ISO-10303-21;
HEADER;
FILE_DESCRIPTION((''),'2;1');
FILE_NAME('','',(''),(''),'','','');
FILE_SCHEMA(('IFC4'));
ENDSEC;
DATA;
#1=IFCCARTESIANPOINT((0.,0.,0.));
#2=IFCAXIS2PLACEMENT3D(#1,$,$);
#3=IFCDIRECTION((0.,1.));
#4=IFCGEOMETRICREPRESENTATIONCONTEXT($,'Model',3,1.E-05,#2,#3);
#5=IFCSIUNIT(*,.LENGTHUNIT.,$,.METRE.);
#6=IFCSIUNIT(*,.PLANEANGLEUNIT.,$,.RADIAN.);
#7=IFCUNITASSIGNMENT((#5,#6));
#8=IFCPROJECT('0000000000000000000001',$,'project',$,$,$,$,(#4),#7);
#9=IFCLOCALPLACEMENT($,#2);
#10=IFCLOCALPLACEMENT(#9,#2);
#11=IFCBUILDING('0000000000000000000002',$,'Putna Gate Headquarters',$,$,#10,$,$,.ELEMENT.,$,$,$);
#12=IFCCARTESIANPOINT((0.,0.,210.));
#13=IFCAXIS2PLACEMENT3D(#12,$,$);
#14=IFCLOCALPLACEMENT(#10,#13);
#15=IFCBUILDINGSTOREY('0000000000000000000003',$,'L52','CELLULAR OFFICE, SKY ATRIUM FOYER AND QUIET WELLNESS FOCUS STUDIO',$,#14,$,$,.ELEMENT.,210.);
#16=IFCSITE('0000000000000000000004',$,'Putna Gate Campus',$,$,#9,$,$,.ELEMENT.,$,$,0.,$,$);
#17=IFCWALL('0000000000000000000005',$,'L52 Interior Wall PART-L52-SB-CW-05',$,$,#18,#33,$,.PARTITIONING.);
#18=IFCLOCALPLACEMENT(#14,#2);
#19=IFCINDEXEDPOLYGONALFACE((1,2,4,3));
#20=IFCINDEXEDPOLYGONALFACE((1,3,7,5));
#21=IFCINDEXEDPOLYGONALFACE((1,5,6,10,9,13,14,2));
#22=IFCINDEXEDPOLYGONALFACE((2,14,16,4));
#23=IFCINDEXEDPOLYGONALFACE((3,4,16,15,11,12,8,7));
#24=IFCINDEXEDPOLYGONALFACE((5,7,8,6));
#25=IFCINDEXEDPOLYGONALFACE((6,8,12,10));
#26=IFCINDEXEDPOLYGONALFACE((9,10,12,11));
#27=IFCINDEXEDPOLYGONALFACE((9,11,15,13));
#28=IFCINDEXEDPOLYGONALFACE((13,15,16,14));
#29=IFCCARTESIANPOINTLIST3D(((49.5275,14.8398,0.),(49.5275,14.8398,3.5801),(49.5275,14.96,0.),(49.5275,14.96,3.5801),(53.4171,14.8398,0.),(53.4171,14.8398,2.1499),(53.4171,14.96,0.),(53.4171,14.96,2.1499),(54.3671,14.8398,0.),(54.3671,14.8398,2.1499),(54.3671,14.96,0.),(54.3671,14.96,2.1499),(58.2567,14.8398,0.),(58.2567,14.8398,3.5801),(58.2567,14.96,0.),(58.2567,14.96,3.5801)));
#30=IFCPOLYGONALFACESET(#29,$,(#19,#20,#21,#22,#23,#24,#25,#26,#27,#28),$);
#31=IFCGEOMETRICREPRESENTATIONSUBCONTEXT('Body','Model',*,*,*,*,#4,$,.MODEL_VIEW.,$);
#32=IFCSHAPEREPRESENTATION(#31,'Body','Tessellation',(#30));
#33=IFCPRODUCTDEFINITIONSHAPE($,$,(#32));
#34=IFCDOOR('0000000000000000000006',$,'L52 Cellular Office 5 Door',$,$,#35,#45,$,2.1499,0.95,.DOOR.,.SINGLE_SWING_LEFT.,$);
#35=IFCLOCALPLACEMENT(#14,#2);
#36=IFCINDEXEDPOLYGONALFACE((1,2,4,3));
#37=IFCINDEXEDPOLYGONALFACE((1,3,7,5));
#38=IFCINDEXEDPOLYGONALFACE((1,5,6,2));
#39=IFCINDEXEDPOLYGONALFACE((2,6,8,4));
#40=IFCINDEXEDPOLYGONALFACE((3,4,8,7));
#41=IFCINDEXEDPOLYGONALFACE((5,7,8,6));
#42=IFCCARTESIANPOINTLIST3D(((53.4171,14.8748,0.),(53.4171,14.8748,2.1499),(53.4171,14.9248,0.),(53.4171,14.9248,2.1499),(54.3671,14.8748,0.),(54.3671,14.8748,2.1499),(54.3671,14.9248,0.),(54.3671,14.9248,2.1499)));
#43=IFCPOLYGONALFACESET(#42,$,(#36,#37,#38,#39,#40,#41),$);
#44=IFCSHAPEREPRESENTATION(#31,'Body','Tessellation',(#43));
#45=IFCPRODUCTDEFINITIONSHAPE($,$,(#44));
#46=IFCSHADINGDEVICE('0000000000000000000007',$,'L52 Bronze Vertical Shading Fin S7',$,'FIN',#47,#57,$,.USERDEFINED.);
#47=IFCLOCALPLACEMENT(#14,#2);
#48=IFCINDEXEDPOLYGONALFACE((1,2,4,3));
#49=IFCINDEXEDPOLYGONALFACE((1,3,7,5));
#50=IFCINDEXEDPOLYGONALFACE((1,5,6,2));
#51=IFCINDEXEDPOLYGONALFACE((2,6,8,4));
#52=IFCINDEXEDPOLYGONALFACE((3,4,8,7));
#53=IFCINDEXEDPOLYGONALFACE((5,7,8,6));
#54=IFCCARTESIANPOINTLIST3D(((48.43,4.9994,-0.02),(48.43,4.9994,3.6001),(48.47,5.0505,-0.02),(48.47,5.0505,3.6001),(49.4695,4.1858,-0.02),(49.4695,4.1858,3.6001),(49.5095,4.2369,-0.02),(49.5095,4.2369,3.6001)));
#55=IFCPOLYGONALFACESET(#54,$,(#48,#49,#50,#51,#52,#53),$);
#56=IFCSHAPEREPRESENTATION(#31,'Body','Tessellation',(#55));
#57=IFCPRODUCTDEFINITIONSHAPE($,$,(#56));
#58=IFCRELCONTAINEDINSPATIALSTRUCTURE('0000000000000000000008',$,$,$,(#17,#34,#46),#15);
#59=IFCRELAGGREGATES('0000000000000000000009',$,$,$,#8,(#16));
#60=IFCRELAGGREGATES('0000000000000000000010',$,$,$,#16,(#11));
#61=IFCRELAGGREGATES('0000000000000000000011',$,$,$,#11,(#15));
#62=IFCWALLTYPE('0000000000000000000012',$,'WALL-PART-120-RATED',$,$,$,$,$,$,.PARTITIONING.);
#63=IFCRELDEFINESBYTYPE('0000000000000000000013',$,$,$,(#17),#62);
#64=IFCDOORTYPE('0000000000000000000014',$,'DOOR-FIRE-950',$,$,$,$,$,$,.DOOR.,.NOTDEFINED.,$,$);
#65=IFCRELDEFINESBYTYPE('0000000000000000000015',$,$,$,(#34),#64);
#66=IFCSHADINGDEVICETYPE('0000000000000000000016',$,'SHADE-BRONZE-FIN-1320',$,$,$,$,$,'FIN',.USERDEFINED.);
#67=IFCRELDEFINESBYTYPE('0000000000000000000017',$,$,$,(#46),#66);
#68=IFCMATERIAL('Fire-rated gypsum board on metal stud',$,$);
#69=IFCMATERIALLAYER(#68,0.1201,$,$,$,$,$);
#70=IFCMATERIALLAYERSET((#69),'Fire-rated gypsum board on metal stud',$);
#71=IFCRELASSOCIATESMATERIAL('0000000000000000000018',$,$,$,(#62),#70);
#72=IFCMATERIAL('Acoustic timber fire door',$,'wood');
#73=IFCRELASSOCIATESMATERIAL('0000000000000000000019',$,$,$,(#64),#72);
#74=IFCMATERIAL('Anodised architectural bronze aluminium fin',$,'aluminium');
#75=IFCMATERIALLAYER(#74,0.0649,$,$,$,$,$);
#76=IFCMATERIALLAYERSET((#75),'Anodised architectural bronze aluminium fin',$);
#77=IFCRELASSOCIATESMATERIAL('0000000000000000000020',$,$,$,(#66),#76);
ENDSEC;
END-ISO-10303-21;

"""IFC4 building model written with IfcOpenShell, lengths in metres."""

from ifc_helpers import new_model, si_unit, direction, frame, frame_2d, origin, origin_2d, place, context, subcontext, project, spatial, rectangle, extrude, material, layer, layer_set, type_object, element, fill, save


model = new_model("IFC4")

# Units and contexts
model_context = context("Model", 3, precision=1e-05, world=origin(), true_north=direction((0.0, 1.0)))
body_context = subcontext(model_context, "Body", "Model", "MODEL_VIEW")
ifc_project = project(units=[si_unit("LENGTHUNIT", "METRE"), si_unit("PLANEANGLEUNIT", "RADIAN")], contexts=[model_context])

# Site, building, storey
site_placement = place(None, origin())
site = spatial("IfcSite", under=ifc_project, at=site_placement, Name="Putna Gate Campus", CompositionType="ELEMENT", RefElevation=0.0)
building_placement = place(site_placement, origin())
building = spatial("IfcBuilding", under=site, at=building_placement, Name="Putna Gate Headquarters", CompositionType="ELEMENT")
storey_placement = place(building_placement, frame((0.0, 0.0, 210.0)))
storey = spatial("IfcBuildingStorey", under=building, at=storey_placement, Name="L52", Description="CELLULAR OFFICE, SKY ATRIUM FOYER AND QUIET WELLNESS FOCUS STUDIO", CompositionType="ELEMENT", Elevation=210.0)

# Wall, opening, door
ifc_material_1 = material(Name="Fire-rated gypsum board on metal stud")
ifc_layer_1 = layer(ifc_material_1, 0.1201)
ifc_layer_set_1 = layer_set([ifc_layer_1], Name="Fire-rated gypsum board on metal stud")
wall_type_1 = type_object("IfcWallType", Name="WALL-PART-120-RATED", PredefinedType="PARTITIONING", material=ifc_layer_set_1)
wall_1_placement = place(storey_placement, frame((49.5273, 14.8999, 0.0), z_axis=(0.0, 0.0, 1.0), x_axis=(1.0, 0.0, 0.0)))
wall_1 = element("IfcWall", 1, at=wall_1_placement, inside=storey, type_object=wall_type_1, Name="L52 Interior Wall PART-L52-SB-CW-05", PredefinedType="PARTITIONING", context=body_context, shape_type="SweptSolid", body=[
    extrude(rectangle(XDim=8.7292, YDim=0.1201, at=frame_2d((4.3647, 0.0))), origin(), (0.0, 0.0, 1.0), 3.5801),
])
opening_placement = place(wall_1_placement, frame((3.8896, 0.0, 0.0)))
opening = element("IfcOpeningElement", 2, at=opening_placement, cuts=wall_1, PredefinedType="OPENING", context=body_context, shape_type="SweptSolid", body=[
    extrude(rectangle(XDim=0.95, YDim=2.1499, at=frame_2d((0.4751, 1.075))), frame((0.0, 0.0701, 0.0), z_axis=(0.0, -1.0, 0.0), x_axis=(1.0, 0.0, 0.0)), (0.0, 0.0, 1.0), 0.1401),
])
ifc_material_2 = material(Name="Acoustic timber fire door", Category="wood")
door_type = type_object("IfcDoorType", Name="DOOR-FIRE-950", OperationType="NOTDEFINED", PredefinedType="DOOR", material=ifc_material_2)
door_placement = place(opening_placement, origin())
door = element("IfcDoor", 3, at=door_placement, inside=storey, type_object=door_type, Name="L52 Cellular Office 5 Door", OperationType="SINGLE_SWING_LEFT", OverallHeight=2.1499, OverallWidth=0.95, PredefinedType="DOOR", context=body_context, shape_type="SweptSolid", body=[
    extrude(rectangle(XDim=0.95, YDim=2.1499, at=frame_2d((0.4751, 1.075))), frame((0.0, 0.0249, 0.0), z_axis=(0.0, -1.0, 0.0), x_axis=(1.0, 0.0, 0.0)), (0.0, 0.0, 1.0), 0.05),
])
fill(opening, door)

# Shading device
ifc_material_3 = material(Name="Anodised architectural bronze aluminium fin", Category="aluminium")
ifc_layer_2 = layer(ifc_material_3, 0.0649)
ifc_layer_set_2 = layer_set([ifc_layer_2], Name="Anodised architectural bronze aluminium fin")
shading_device_type = type_object("IfcShadingDeviceType", Name="SHADE-BRONZE-FIN-1320", ElementType="FIN", PredefinedType="USERDEFINED", material=ifc_layer_set_2)
shading_device_placement = place(storey_placement, frame((48.9697, 4.6182, -0.02), z_axis=(0.0, 0.0, 1.0), x_axis=(0.787473, -0.616349, 0.0)))
element("IfcShadingDevice", 4, at=shading_device_placement, inside=storey, type_object=shading_device_type, Name="L52 Bronze Vertical Shading Fin S7", ObjectType="FIN", PredefinedType="USERDEFINED", context=body_context, shape_type="SweptSolid", body=[
    extrude(rectangle(XDim=1.3201, YDim=0.0649, at=origin_2d()), origin(), (0.0, 0.0, 1.0), 3.6201),
])

save(model, "model.ifc")
